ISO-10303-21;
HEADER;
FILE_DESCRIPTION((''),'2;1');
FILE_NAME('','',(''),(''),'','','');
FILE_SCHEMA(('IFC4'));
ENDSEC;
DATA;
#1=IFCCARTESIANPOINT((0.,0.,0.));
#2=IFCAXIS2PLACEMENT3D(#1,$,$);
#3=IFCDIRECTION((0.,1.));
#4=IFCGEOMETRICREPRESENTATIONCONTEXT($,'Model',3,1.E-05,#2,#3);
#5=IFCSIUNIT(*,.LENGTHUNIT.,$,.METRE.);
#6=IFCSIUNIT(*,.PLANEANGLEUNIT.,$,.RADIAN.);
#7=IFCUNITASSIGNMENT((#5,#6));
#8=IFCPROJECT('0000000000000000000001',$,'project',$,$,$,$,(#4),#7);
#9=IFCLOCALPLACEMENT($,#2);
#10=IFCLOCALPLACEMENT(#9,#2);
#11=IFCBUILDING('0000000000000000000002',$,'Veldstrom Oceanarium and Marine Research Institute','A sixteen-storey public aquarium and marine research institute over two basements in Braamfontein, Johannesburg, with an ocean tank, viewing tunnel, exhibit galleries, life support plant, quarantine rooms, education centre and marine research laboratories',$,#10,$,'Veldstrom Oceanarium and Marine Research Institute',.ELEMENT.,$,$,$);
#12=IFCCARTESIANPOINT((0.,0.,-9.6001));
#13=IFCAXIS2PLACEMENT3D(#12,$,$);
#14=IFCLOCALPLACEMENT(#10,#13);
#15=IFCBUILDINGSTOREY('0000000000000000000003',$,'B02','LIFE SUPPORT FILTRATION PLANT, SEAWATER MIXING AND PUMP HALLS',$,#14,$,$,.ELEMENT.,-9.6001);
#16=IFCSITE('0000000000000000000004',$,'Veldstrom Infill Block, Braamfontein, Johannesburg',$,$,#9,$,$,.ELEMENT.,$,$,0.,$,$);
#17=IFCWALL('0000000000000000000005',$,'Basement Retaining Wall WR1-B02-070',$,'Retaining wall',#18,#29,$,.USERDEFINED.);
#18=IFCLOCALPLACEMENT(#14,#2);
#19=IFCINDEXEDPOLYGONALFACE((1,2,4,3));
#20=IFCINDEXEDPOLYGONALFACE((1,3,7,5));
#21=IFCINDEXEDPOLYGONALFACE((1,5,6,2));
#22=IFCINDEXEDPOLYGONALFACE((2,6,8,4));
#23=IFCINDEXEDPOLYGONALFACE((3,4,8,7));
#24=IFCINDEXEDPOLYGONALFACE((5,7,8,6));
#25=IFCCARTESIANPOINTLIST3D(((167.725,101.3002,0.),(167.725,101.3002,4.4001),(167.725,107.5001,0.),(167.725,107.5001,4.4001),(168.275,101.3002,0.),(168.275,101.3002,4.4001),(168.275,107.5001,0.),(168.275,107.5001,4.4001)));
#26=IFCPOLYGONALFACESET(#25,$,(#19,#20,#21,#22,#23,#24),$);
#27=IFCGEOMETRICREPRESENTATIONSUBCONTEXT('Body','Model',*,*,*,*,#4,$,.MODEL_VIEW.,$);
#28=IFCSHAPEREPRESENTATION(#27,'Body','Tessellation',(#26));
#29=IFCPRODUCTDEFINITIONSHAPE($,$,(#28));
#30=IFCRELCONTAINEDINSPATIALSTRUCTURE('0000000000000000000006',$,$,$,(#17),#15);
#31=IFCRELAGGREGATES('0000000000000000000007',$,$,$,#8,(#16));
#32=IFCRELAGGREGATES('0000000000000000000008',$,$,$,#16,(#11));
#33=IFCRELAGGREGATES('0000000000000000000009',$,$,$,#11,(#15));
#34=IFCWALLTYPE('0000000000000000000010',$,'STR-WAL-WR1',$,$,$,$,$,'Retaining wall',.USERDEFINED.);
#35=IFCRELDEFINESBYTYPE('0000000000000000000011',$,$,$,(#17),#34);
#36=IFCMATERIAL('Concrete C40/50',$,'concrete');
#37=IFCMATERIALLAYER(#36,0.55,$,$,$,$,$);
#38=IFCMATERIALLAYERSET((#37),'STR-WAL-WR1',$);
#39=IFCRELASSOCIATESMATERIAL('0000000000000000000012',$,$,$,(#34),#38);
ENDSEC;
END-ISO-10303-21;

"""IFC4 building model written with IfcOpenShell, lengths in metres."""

from ifc_helpers import new_model, si_unit, direction, frame, frame_2d, origin, place, context, subcontext, project, spatial, rectangle, extrude, material, layer, layer_set, type_object, element, save


model = new_model("IFC4")

# Units and contexts
model_context = context("Model", 3, precision=1e-05, world=origin(), true_north=direction((0.0, 1.0)))
body_context = subcontext(model_context, "Body", "Model", "MODEL_VIEW")
ifc_project = project(units=[si_unit("LENGTHUNIT", "METRE"), si_unit("PLANEANGLEUNIT", "RADIAN")], contexts=[model_context])

# Site, building, storey
site_placement = place(None, origin())
site = spatial("IfcSite", under=ifc_project, at=site_placement, Name="Veldstrom Infill Block, Braamfontein, Johannesburg", CompositionType="ELEMENT", RefElevation=0.0)
building_placement = place(site_placement, origin())
building = spatial("IfcBuilding", under=site, at=building_placement, Name="Veldstrom Oceanarium and Marine Research Institute", Description="A sixteen-storey public aquarium and marine research institute over two basements in Braamfontein, Johannesburg, with an ocean tank, viewing tunnel, exhibit galleries, life support plant, quarantine rooms, education centre and marine research laboratories", LongName="Veldstrom Oceanarium and Marine Research Institute", CompositionType="ELEMENT")
storey_placement = place(building_placement, frame((0.0, 0.0, -9.6001)))
storey = spatial("IfcBuildingStorey", under=building, at=storey_placement, Name="B02", Description="LIFE SUPPORT FILTRATION PLANT, SEAWATER MIXING AND PUMP HALLS", CompositionType="ELEMENT", Elevation=-9.6001)

# Wall
ifc_material_1 = material(Name="Concrete C40/50", Category="concrete")
ifc_layer_1 = layer(ifc_material_1, 0.55)
ifc_layer_set_1 = layer_set([ifc_layer_1], Name="STR-WAL-WR1")
wall_type_1 = type_object("IfcWallType", Name="STR-WAL-WR1", ElementType="Retaining wall", PredefinedType="USERDEFINED", material=ifc_layer_set_1)
for number, where, z_axis, x_axis, name in (
    (1, (168.0, 101.3, 0.0), (0.0, 0.0, 1.0), (0.0, 1.0, 0.0), "Basement Retaining Wall WR1-B02-070"),
):
    element("IfcWall", number, at=place(storey_placement, frame(where, z_axis=z_axis, x_axis=x_axis)), inside=storey, type_object=wall_type_1, Name=name, ObjectType="Retaining wall", PredefinedType="USERDEFINED", context=body_context, shape_type="SweptSolid", body=[
        extrude(rectangle(XDim=6.2, YDim=0.55, at=frame_2d((3.1001, 0.0))), origin(), (0.0, 0.0, 1.0), 4.4001),
    ])

save(model, "model.ifc")
